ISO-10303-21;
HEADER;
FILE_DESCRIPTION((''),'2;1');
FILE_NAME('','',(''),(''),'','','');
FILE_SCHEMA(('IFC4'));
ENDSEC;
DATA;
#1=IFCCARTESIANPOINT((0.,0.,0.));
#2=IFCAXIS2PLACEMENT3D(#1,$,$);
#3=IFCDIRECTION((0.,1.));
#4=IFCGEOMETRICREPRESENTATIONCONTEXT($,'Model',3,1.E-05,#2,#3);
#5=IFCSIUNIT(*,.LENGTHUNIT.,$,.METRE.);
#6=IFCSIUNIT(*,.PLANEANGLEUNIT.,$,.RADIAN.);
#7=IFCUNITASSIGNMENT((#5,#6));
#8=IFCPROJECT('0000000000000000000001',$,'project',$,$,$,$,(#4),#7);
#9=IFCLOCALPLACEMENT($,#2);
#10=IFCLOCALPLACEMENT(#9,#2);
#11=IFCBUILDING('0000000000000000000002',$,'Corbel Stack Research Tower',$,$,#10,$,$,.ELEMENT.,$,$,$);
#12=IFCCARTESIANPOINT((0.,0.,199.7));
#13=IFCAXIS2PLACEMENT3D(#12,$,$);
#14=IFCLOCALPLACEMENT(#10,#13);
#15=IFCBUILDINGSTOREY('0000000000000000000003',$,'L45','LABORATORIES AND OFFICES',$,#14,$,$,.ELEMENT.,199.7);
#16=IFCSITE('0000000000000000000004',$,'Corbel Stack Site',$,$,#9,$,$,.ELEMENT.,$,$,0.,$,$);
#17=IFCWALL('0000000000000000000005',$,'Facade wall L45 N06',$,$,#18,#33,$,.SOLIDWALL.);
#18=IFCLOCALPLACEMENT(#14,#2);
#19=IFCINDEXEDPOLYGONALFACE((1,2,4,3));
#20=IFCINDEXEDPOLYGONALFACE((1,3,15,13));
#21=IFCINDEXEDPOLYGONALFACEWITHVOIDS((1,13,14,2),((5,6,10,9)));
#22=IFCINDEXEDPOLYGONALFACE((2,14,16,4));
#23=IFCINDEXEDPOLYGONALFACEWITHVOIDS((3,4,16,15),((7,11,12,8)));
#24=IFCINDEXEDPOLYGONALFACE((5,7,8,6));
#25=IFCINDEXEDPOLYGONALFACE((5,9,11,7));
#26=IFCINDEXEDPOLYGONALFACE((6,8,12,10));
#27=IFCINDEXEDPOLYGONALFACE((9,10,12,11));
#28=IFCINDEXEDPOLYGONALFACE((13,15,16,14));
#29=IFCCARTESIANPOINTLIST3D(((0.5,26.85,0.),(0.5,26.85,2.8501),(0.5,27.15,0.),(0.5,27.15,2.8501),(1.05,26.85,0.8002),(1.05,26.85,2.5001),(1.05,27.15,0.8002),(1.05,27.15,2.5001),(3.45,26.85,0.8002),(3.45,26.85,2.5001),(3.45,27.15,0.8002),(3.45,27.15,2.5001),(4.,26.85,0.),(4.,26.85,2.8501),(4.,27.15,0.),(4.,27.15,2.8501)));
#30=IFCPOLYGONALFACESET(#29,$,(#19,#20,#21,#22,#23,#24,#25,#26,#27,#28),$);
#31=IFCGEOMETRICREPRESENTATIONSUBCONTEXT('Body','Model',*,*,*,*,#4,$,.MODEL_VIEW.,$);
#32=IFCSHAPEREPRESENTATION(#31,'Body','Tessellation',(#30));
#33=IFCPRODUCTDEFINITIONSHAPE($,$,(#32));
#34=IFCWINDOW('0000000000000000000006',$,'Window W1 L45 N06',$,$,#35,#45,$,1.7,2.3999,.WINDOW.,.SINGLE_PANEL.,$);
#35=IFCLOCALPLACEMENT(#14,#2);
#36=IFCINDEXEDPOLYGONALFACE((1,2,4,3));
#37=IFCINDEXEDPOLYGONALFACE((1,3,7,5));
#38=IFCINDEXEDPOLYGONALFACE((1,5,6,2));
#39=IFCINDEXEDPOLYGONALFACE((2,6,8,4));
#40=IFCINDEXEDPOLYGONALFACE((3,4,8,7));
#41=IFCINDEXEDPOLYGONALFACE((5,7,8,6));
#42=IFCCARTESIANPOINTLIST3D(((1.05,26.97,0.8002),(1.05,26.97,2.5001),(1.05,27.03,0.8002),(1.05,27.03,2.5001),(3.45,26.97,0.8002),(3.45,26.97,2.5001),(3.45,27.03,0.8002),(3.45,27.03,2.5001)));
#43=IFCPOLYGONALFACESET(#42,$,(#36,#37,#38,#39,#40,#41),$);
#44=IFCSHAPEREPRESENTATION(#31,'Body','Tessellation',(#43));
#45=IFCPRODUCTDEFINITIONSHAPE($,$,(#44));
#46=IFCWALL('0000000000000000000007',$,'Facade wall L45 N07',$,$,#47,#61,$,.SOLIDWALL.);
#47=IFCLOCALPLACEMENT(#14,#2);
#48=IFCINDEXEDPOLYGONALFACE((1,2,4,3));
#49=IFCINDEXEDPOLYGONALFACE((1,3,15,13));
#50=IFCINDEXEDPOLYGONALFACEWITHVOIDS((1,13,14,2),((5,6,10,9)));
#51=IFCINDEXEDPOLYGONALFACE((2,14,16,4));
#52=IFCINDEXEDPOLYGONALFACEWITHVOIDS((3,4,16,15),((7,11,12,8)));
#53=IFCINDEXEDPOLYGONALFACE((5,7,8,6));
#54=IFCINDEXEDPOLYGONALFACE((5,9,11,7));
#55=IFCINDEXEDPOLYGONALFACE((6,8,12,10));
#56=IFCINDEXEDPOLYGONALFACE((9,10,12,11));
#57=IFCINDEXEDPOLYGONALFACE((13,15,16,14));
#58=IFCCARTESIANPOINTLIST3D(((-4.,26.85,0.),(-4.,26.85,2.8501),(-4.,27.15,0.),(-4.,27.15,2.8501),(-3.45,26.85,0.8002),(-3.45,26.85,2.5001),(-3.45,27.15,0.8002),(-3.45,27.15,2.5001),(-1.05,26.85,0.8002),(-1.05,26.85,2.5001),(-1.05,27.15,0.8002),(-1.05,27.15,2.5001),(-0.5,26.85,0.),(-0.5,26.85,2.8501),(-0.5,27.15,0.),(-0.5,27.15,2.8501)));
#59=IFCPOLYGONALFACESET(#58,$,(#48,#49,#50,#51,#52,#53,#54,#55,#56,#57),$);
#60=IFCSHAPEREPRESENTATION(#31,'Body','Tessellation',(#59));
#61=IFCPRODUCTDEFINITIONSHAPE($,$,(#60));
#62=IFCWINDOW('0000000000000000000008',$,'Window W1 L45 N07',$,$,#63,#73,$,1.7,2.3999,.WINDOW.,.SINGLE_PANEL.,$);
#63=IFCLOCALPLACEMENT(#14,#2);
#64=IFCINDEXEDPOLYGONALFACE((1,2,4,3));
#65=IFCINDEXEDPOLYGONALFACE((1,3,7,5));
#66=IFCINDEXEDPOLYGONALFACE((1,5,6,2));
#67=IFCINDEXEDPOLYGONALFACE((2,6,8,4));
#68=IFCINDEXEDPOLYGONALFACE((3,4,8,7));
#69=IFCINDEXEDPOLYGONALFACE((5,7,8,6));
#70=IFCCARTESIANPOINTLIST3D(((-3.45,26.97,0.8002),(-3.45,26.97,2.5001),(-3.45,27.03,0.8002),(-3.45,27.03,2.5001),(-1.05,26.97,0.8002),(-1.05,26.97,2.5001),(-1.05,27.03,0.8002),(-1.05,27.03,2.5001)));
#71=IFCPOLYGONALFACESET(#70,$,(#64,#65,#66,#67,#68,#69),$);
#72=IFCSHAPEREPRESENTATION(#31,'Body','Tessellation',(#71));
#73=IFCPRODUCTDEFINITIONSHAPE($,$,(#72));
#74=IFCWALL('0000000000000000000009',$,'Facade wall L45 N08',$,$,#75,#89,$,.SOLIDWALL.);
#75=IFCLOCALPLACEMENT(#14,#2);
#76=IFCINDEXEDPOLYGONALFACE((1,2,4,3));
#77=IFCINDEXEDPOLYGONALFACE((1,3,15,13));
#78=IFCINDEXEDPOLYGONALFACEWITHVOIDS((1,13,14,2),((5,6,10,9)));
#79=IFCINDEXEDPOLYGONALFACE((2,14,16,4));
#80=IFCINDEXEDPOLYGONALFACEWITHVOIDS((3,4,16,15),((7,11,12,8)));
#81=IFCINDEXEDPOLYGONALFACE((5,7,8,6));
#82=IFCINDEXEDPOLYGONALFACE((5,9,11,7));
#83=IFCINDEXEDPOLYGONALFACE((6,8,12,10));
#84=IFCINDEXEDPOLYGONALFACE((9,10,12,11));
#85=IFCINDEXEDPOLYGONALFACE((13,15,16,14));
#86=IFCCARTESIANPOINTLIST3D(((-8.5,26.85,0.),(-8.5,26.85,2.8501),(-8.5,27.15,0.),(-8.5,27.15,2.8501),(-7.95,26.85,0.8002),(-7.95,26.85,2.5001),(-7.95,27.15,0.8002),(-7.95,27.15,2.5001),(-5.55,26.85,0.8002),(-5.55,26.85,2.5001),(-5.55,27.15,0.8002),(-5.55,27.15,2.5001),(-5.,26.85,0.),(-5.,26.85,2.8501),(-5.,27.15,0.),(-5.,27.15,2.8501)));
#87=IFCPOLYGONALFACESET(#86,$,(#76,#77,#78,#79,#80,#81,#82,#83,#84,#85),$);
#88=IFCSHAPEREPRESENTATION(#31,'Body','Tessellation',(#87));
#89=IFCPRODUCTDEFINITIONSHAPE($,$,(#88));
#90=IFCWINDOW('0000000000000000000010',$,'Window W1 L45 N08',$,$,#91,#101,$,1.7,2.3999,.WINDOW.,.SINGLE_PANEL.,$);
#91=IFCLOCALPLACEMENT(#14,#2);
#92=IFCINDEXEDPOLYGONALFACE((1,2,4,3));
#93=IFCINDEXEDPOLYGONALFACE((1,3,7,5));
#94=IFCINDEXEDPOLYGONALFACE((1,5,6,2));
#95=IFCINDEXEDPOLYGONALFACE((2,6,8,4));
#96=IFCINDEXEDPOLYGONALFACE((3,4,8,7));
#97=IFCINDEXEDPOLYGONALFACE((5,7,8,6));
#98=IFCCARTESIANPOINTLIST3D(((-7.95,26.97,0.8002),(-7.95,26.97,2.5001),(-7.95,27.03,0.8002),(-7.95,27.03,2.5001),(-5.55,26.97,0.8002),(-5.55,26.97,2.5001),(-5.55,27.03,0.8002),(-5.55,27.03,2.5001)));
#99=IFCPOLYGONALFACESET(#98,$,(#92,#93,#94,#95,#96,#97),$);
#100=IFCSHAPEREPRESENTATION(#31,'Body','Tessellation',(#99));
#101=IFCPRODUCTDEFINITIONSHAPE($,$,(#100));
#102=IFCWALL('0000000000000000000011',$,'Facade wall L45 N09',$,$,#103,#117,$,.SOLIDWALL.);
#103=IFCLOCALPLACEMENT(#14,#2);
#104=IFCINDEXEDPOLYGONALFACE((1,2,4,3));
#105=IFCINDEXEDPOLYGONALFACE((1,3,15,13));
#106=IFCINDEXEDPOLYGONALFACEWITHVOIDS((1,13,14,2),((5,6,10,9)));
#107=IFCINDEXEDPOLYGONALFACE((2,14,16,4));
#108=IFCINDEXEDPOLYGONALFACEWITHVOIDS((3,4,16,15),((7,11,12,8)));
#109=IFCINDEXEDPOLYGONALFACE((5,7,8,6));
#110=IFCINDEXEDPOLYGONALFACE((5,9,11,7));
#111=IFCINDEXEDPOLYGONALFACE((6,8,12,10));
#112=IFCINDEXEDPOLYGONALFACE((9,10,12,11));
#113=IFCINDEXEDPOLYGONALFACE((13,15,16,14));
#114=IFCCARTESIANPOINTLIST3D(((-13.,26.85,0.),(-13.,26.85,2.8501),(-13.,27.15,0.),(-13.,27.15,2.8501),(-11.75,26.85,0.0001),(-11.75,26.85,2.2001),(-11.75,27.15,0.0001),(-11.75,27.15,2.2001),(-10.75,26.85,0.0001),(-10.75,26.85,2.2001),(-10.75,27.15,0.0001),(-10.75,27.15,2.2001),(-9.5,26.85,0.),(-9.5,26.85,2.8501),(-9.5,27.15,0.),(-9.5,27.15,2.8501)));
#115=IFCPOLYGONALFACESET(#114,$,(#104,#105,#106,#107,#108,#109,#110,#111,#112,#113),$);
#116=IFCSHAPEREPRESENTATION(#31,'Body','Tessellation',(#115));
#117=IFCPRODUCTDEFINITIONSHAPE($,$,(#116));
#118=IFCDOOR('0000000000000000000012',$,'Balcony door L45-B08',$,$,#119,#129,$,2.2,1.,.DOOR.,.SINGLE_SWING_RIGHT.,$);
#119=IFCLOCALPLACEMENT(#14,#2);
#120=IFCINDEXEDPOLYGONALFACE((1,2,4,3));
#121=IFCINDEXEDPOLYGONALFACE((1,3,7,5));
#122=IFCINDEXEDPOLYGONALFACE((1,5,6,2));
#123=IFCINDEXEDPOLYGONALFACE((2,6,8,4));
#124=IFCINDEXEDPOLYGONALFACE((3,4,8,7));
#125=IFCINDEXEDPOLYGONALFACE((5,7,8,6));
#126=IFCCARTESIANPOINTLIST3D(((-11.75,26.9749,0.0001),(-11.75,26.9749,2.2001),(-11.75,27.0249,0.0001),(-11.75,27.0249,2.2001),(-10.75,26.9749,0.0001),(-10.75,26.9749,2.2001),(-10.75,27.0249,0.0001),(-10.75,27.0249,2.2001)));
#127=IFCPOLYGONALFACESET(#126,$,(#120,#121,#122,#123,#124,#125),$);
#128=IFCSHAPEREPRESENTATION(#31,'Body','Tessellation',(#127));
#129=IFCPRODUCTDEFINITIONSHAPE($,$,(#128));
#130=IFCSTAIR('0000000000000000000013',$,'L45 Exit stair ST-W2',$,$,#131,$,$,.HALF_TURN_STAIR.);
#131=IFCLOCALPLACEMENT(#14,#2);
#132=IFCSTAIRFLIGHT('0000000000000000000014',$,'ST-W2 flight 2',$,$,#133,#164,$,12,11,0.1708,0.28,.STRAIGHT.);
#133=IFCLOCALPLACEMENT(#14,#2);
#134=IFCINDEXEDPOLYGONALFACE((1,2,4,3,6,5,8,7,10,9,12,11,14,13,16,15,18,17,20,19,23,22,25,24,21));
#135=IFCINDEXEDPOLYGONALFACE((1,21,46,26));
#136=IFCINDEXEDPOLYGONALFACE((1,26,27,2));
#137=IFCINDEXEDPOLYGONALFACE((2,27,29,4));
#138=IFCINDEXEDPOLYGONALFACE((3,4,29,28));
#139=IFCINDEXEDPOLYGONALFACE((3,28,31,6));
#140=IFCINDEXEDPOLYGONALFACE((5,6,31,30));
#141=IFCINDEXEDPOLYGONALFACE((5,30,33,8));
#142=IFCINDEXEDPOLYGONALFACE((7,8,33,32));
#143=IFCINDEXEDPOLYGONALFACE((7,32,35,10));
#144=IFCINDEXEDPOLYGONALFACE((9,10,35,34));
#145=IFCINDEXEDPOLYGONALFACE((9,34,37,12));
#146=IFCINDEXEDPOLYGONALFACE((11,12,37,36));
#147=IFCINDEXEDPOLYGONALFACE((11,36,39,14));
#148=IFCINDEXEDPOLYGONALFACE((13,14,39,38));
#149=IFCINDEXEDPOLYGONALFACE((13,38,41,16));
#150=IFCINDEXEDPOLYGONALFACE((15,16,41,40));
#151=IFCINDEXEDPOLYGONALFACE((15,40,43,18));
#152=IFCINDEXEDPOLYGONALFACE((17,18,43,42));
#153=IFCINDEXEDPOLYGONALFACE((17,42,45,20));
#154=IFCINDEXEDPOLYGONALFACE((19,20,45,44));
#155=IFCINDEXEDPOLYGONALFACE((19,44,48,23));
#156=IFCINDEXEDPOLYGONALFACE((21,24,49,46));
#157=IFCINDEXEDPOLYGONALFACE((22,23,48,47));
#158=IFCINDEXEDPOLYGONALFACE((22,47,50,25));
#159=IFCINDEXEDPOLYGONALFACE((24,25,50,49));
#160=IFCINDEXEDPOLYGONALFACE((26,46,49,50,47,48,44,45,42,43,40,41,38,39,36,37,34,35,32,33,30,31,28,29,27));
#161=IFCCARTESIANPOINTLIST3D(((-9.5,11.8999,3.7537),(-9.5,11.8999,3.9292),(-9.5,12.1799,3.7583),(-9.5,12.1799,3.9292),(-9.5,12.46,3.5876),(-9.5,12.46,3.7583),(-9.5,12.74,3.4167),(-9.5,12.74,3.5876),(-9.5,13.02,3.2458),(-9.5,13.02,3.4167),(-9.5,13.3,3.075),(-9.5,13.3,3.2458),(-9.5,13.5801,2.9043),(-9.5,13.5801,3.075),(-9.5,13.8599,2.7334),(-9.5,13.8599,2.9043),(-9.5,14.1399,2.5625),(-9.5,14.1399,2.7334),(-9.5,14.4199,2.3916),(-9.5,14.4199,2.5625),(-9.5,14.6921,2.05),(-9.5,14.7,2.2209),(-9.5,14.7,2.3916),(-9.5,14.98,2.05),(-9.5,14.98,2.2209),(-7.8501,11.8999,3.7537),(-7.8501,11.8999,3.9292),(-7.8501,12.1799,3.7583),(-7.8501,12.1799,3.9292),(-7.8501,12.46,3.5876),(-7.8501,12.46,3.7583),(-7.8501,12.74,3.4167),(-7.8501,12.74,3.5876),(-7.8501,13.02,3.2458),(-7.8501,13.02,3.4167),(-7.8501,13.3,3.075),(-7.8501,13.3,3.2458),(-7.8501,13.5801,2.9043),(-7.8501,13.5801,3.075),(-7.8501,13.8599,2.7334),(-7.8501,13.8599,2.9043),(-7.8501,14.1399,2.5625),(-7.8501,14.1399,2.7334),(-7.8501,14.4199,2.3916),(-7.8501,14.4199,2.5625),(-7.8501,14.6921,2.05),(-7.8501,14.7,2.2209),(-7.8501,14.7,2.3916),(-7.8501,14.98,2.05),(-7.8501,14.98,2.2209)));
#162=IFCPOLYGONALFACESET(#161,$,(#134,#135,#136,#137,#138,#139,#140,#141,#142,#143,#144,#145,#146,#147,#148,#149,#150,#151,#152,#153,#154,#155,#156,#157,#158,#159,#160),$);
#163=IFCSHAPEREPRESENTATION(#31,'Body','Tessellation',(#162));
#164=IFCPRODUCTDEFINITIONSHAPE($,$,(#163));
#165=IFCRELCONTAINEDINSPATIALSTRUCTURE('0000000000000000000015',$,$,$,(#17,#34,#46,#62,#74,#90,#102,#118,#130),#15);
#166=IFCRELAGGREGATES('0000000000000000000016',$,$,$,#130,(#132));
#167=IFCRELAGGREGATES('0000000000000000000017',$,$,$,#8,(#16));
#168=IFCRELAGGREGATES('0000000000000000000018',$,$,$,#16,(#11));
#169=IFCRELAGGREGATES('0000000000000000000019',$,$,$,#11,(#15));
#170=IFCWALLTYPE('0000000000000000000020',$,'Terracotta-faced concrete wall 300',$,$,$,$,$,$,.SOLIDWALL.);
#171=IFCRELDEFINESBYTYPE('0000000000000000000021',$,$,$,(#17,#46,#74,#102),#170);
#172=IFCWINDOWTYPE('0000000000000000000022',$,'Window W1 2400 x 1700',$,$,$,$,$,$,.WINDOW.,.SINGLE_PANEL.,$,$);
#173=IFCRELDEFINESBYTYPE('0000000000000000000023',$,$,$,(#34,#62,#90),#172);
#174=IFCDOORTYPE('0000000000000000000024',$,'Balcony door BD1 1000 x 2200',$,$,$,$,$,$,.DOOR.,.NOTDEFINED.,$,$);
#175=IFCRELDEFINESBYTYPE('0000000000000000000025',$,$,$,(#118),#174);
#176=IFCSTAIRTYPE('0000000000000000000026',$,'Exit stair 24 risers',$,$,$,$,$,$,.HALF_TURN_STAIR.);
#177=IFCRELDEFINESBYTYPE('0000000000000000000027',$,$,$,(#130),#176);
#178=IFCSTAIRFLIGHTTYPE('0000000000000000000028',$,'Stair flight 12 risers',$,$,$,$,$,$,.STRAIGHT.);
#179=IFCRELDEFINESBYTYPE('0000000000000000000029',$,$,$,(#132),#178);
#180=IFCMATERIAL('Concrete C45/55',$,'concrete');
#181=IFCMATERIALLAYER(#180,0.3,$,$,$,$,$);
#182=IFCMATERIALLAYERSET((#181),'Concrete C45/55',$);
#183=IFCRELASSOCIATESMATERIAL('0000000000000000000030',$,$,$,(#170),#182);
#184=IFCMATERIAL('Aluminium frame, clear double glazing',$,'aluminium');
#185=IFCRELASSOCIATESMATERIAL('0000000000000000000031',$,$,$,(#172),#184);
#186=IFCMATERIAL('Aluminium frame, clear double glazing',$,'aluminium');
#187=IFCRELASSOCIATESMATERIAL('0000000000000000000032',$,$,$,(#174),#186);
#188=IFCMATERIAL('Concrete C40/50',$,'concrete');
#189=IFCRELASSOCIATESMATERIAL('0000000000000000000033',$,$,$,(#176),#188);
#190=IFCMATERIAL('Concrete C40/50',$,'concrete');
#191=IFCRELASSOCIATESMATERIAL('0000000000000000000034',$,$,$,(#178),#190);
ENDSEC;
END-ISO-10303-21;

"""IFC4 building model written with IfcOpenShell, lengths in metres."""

from ifc_helpers import new_model, si_unit, direction, frame, frame_2d, origin, place, context, subcontext, project, spatial, polyline, rectangle, outline, extrude, material, layer, layer_set, type_object, element, fill, aggregate, save


model = new_model("IFC4")

# Units and contexts
model_context = context("Model", 3, precision=1e-05, world=origin(), true_north=direction((0.0, 1.0)))
body_context = subcontext(model_context, "Body", "Model", "MODEL_VIEW")
ifc_project = project(units=[si_unit("LENGTHUNIT", "METRE"), si_unit("PLANEANGLEUNIT", "RADIAN")], contexts=[model_context])

# Site, building, storey
site_placement = place(None, origin())
site = spatial("IfcSite", under=ifc_project, at=site_placement, Name="Corbel Stack Site", CompositionType="ELEMENT", RefElevation=0.0)
building_placement = place(site_placement, origin())
building = spatial("IfcBuilding", under=site, at=building_placement, Name="Corbel Stack Research Tower", CompositionType="ELEMENT")
storey_placement = place(building_placement, frame((0.0, 0.0, 199.7)))
storey = spatial("IfcBuildingStorey", under=building, at=storey_placement, Name="L45", Description="LABORATORIES AND OFFICES", CompositionType="ELEMENT", Elevation=199.7)

# Walls, openings, windows
ifc_material_1 = material(Name="Concrete C45/55", Category="concrete")
ifc_layer_1 = layer(ifc_material_1, 0.3)
ifc_layer_set_1 = layer_set([ifc_layer_1], Name="Concrete C45/55")
wall_type_1 = type_object("IfcWallType", Name="Terracotta-faced concrete wall 300", PredefinedType="SOLIDWALL", material=ifc_layer_set_1)
wall_1_placement = place(storey_placement, frame((0.5, 27.0, 0.0), z_axis=(0.0, 0.0, 1.0), x_axis=(1.0, 0.0, 0.0)))
wall_1 = element("IfcWall", 1, at=wall_1_placement, inside=storey, type_object=wall_type_1, Name="Facade wall L45 N06", PredefinedType="SOLIDWALL", context=body_context, shape_type="SweptSolid", body=[
    extrude(rectangle(XDim=3.5, YDim=0.3, at=frame_2d((1.75, 0.0))), origin(), (0.0, 0.0, 1.0), 2.8501),
])
opening_1_placement = place(wall_1_placement, frame((0.55, 0.0, 0.8)))
opening_1 = element("IfcOpeningElement", 2, at=opening_1_placement, cuts=wall_1, PredefinedType="OPENING", context=body_context, shape_type="SweptSolid", body=[
    extrude(rectangle(XDim=2.3999, YDim=1.7, at=frame_2d((1.2, 0.8501))), frame((0.0, 0.1599, 0.0), z_axis=(0.0, -1.0, 0.0), x_axis=(1.0, 0.0, 0.0)), (0.0, 0.0, 1.0), 0.3201),
])
ifc_material_2 = material(Name="Aluminium frame, clear double glazing", Category="aluminium")
window_type = type_object("IfcWindowType", Name="Window W1 2400 x 1700", PartitioningType="SINGLE_PANEL", PredefinedType="WINDOW", material=ifc_material_2)
window_1_placement = place(opening_1_placement, origin())
window_1 = element("IfcWindow", 3, at=window_1_placement, inside=storey, type_object=window_type, Name="Window W1 L45 N06", OverallHeight=1.7, OverallWidth=2.3999, PartitioningType="SINGLE_PANEL", PredefinedType="WINDOW", context=body_context, shape_type="SweptSolid", body=[
    extrude(rectangle(XDim=2.3999, YDim=1.7, at=frame_2d((1.2, 0.8501))), frame((0.0, 0.03, 0.0), z_axis=(0.0, -1.0, 0.0), x_axis=(1.0, 0.0, 0.0)), (0.0, 0.0, 1.0), 0.0601),
])
fill(opening_1, window_1)
wall_2_placement = place(storey_placement, frame((-4.0, 27.0, 0.0), z_axis=(0.0, 0.0, 1.0), x_axis=(1.0, 0.0, 0.0)))
wall_2 = element("IfcWall", 4, at=wall_2_placement, inside=storey, type_object=wall_type_1, Name="Facade wall L45 N07", PredefinedType="SOLIDWALL", context=body_context, shape_type="SweptSolid", body=[
    extrude(rectangle(XDim=3.5, YDim=0.3, at=frame_2d((1.75, 0.0))), origin(), (0.0, 0.0, 1.0), 2.8501),
])
opening_2_placement = place(wall_2_placement, frame((0.55, 0.0, 0.8)))
opening_2 = element("IfcOpeningElement", 5, at=opening_2_placement, cuts=wall_2, PredefinedType="OPENING", context=body_context, shape_type="SweptSolid", body=[
    extrude(rectangle(XDim=2.3999, YDim=1.7, at=frame_2d((1.2, 0.8501))), frame((0.0, 0.1599, 0.0), z_axis=(0.0, -1.0, 0.0), x_axis=(1.0, 0.0, 0.0)), (0.0, 0.0, 1.0), 0.3201),
])
window_2_placement = place(opening_2_placement, origin())
window_2 = element("IfcWindow", 6, at=window_2_placement, inside=storey, type_object=window_type, Name="Window W1 L45 N07", OverallHeight=1.7, OverallWidth=2.3999, PartitioningType="SINGLE_PANEL", PredefinedType="WINDOW", context=body_context, shape_type="SweptSolid", body=[
    extrude(rectangle(XDim=2.3999, YDim=1.7, at=frame_2d((1.2, 0.8501))), frame((0.0, 0.03, 0.0), z_axis=(0.0, -1.0, 0.0), x_axis=(1.0, 0.0, 0.0)), (0.0, 0.0, 1.0), 0.0601),
])
fill(opening_2, window_2)
wall_3_placement = place(storey_placement, frame((-8.5, 27.0, 0.0), z_axis=(0.0, 0.0, 1.0), x_axis=(1.0, 0.0, 0.0)))
wall_3 = element("IfcWall", 7, at=wall_3_placement, inside=storey, type_object=wall_type_1, Name="Facade wall L45 N08", PredefinedType="SOLIDWALL", context=body_context, shape_type="SweptSolid", body=[
    extrude(rectangle(XDim=3.5, YDim=0.3, at=frame_2d((1.75, 0.0))), origin(), (0.0, 0.0, 1.0), 2.8501),
])
opening_3_placement = place(wall_3_placement, frame((0.55, 0.0, 0.8)))
opening_3 = element("IfcOpeningElement", 8, at=opening_3_placement, cuts=wall_3, PredefinedType="OPENING", context=body_context, shape_type="SweptSolid", body=[
    extrude(rectangle(XDim=2.3999, YDim=1.7, at=frame_2d((1.2, 0.8501))), frame((0.0, 0.1599, 0.0), z_axis=(0.0, -1.0, 0.0), x_axis=(1.0, 0.0, 0.0)), (0.0, 0.0, 1.0), 0.3201),
])
window_3_placement = place(opening_3_placement, origin())
window_3 = element("IfcWindow", 9, at=window_3_placement, inside=storey, type_object=window_type, Name="Window W1 L45 N08", OverallHeight=1.7, OverallWidth=2.3999, PartitioningType="SINGLE_PANEL", PredefinedType="WINDOW", context=body_context, shape_type="SweptSolid", body=[
    extrude(rectangle(XDim=2.3999, YDim=1.7, at=frame_2d((1.2, 0.8501))), frame((0.0, 0.03, 0.0), z_axis=(0.0, -1.0, 0.0), x_axis=(1.0, 0.0, 0.0)), (0.0, 0.0, 1.0), 0.0601),
])
fill(opening_3, window_3)

# Wall, opening, door
wall_4_placement = place(storey_placement, frame((-13.0, 27.0, 0.0), z_axis=(0.0, 0.0, 1.0), x_axis=(1.0, 0.0, 0.0)))
wall_4 = element("IfcWall", 10, at=wall_4_placement, inside=storey, type_object=wall_type_1, Name="Facade wall L45 N09", PredefinedType="SOLIDWALL", context=body_context, shape_type="SweptSolid", body=[
    extrude(rectangle(XDim=3.5, YDim=0.3, at=frame_2d((1.75, 0.0))), origin(), (0.0, 0.0, 1.0), 2.8501),
])
opening_4_placement = place(wall_4_placement, frame((1.25, 0.0, 0.0)))
opening_4 = element("IfcOpeningElement", 11, at=opening_4_placement, cuts=wall_4, PredefinedType="OPENING", context=body_context, shape_type="SweptSolid", body=[
    extrude(rectangle(XDim=1.0, YDim=2.2, at=frame_2d((0.5, 1.1001))), frame((0.0, 0.1599, 0.0), z_axis=(0.0, -1.0, 0.0), x_axis=(1.0, 0.0, 0.0)), (0.0, 0.0, 1.0), 0.3201),
])
ifc_material_3 = material(Name="Aluminium frame, clear double glazing", Category="aluminium")
door_type = type_object("IfcDoorType", Name="Balcony door BD1 1000 x 2200", OperationType="NOTDEFINED", PredefinedType="DOOR", material=ifc_material_3)
door_placement = place(opening_4_placement, origin())
door = element("IfcDoor", 12, at=door_placement, inside=storey, type_object=door_type, Name="Balcony door L45-B08", OperationType="SINGLE_SWING_RIGHT", OverallHeight=2.2, OverallWidth=1.0, PredefinedType="DOOR", context=body_context, shape_type="SweptSolid", body=[
    extrude(rectangle(XDim=1.0, YDim=2.2, at=frame_2d((0.5, 1.1001))), frame((0.0, 0.0249, 0.0), z_axis=(0.0, -1.0, 0.0), x_axis=(1.0, 0.0, 0.0)), (0.0, 0.0, 1.0), 0.05),
])
fill(opening_4, door)

# Stair, stair flight
ifc_material_4 = material(Name="Concrete C40/50", Category="concrete")
stair_type = type_object("IfcStairType", Name="Exit stair 24 risers", PredefinedType="HALF_TURN_STAIR", material=ifc_material_4)
stair_placement = place(storey_placement, origin())
stair = element("IfcStair", 13, at=stair_placement, inside=storey, type_object=stair_type, Name="L45 Exit stair ST-W2", PredefinedType="HALF_TURN_STAIR")
ifc_material_5 = material(Name="Concrete C40/50", Category="concrete")
stair_flight_type = type_object("IfcStairFlightType", Name="Stair flight 12 risers", PredefinedType="STRAIGHT", material=ifc_material_5)
stair_flight_placement = place(storey_placement, frame((-8.675, 14.98, 2.05), z_axis=(0.0, 0.0, 1.0), x_axis=(0.0, -1.0, 0.0)))
stair_flight = element("IfcStairFlight", 14, at=stair_flight_placement, type_object=stair_flight_type, Name="ST-W2 flight 2", NumberOfRisers=12, NumberOfTreads=11, PredefinedType="STRAIGHT", RiserHeight=0.1708, TreadLength=0.28, context=body_context, shape_type="SweptSolid", body=[
    extrude(outline(polyline([(0.0, 0.0), (0.0, 0.1709), (0.28, 0.1709), (0.28, 0.3416), (0.5601, 0.3416), (0.5601, 0.5125), (0.8401, 0.5125), (0.8401, 0.6833), (1.1201, 0.6833), (1.1201, 0.8542), (1.3999, 0.8542), (1.3999, 1.0249), (1.6799, 1.0249), (1.6799, 1.1958), (1.96, 1.1958), (1.96, 1.3667), (2.24, 1.3667), (2.24, 1.5376), (2.52, 1.5376), (2.52, 1.7083), (2.8, 1.7083), (2.8, 1.8792), (3.0801, 1.8792), (3.0801, 2.05), (3.0801, 1.7036), (0.2878, 0.0), (0.0, 0.0)])), frame((0.0, 0.825, 0.0), z_axis=(0.0, -1.0, 0.0), x_axis=(1.0, 0.0, 0.0)), (0.0, 0.0, 1.0), 1.6499),
])
aggregate(stair, [stair_flight])

save(model, "model.ifc")
